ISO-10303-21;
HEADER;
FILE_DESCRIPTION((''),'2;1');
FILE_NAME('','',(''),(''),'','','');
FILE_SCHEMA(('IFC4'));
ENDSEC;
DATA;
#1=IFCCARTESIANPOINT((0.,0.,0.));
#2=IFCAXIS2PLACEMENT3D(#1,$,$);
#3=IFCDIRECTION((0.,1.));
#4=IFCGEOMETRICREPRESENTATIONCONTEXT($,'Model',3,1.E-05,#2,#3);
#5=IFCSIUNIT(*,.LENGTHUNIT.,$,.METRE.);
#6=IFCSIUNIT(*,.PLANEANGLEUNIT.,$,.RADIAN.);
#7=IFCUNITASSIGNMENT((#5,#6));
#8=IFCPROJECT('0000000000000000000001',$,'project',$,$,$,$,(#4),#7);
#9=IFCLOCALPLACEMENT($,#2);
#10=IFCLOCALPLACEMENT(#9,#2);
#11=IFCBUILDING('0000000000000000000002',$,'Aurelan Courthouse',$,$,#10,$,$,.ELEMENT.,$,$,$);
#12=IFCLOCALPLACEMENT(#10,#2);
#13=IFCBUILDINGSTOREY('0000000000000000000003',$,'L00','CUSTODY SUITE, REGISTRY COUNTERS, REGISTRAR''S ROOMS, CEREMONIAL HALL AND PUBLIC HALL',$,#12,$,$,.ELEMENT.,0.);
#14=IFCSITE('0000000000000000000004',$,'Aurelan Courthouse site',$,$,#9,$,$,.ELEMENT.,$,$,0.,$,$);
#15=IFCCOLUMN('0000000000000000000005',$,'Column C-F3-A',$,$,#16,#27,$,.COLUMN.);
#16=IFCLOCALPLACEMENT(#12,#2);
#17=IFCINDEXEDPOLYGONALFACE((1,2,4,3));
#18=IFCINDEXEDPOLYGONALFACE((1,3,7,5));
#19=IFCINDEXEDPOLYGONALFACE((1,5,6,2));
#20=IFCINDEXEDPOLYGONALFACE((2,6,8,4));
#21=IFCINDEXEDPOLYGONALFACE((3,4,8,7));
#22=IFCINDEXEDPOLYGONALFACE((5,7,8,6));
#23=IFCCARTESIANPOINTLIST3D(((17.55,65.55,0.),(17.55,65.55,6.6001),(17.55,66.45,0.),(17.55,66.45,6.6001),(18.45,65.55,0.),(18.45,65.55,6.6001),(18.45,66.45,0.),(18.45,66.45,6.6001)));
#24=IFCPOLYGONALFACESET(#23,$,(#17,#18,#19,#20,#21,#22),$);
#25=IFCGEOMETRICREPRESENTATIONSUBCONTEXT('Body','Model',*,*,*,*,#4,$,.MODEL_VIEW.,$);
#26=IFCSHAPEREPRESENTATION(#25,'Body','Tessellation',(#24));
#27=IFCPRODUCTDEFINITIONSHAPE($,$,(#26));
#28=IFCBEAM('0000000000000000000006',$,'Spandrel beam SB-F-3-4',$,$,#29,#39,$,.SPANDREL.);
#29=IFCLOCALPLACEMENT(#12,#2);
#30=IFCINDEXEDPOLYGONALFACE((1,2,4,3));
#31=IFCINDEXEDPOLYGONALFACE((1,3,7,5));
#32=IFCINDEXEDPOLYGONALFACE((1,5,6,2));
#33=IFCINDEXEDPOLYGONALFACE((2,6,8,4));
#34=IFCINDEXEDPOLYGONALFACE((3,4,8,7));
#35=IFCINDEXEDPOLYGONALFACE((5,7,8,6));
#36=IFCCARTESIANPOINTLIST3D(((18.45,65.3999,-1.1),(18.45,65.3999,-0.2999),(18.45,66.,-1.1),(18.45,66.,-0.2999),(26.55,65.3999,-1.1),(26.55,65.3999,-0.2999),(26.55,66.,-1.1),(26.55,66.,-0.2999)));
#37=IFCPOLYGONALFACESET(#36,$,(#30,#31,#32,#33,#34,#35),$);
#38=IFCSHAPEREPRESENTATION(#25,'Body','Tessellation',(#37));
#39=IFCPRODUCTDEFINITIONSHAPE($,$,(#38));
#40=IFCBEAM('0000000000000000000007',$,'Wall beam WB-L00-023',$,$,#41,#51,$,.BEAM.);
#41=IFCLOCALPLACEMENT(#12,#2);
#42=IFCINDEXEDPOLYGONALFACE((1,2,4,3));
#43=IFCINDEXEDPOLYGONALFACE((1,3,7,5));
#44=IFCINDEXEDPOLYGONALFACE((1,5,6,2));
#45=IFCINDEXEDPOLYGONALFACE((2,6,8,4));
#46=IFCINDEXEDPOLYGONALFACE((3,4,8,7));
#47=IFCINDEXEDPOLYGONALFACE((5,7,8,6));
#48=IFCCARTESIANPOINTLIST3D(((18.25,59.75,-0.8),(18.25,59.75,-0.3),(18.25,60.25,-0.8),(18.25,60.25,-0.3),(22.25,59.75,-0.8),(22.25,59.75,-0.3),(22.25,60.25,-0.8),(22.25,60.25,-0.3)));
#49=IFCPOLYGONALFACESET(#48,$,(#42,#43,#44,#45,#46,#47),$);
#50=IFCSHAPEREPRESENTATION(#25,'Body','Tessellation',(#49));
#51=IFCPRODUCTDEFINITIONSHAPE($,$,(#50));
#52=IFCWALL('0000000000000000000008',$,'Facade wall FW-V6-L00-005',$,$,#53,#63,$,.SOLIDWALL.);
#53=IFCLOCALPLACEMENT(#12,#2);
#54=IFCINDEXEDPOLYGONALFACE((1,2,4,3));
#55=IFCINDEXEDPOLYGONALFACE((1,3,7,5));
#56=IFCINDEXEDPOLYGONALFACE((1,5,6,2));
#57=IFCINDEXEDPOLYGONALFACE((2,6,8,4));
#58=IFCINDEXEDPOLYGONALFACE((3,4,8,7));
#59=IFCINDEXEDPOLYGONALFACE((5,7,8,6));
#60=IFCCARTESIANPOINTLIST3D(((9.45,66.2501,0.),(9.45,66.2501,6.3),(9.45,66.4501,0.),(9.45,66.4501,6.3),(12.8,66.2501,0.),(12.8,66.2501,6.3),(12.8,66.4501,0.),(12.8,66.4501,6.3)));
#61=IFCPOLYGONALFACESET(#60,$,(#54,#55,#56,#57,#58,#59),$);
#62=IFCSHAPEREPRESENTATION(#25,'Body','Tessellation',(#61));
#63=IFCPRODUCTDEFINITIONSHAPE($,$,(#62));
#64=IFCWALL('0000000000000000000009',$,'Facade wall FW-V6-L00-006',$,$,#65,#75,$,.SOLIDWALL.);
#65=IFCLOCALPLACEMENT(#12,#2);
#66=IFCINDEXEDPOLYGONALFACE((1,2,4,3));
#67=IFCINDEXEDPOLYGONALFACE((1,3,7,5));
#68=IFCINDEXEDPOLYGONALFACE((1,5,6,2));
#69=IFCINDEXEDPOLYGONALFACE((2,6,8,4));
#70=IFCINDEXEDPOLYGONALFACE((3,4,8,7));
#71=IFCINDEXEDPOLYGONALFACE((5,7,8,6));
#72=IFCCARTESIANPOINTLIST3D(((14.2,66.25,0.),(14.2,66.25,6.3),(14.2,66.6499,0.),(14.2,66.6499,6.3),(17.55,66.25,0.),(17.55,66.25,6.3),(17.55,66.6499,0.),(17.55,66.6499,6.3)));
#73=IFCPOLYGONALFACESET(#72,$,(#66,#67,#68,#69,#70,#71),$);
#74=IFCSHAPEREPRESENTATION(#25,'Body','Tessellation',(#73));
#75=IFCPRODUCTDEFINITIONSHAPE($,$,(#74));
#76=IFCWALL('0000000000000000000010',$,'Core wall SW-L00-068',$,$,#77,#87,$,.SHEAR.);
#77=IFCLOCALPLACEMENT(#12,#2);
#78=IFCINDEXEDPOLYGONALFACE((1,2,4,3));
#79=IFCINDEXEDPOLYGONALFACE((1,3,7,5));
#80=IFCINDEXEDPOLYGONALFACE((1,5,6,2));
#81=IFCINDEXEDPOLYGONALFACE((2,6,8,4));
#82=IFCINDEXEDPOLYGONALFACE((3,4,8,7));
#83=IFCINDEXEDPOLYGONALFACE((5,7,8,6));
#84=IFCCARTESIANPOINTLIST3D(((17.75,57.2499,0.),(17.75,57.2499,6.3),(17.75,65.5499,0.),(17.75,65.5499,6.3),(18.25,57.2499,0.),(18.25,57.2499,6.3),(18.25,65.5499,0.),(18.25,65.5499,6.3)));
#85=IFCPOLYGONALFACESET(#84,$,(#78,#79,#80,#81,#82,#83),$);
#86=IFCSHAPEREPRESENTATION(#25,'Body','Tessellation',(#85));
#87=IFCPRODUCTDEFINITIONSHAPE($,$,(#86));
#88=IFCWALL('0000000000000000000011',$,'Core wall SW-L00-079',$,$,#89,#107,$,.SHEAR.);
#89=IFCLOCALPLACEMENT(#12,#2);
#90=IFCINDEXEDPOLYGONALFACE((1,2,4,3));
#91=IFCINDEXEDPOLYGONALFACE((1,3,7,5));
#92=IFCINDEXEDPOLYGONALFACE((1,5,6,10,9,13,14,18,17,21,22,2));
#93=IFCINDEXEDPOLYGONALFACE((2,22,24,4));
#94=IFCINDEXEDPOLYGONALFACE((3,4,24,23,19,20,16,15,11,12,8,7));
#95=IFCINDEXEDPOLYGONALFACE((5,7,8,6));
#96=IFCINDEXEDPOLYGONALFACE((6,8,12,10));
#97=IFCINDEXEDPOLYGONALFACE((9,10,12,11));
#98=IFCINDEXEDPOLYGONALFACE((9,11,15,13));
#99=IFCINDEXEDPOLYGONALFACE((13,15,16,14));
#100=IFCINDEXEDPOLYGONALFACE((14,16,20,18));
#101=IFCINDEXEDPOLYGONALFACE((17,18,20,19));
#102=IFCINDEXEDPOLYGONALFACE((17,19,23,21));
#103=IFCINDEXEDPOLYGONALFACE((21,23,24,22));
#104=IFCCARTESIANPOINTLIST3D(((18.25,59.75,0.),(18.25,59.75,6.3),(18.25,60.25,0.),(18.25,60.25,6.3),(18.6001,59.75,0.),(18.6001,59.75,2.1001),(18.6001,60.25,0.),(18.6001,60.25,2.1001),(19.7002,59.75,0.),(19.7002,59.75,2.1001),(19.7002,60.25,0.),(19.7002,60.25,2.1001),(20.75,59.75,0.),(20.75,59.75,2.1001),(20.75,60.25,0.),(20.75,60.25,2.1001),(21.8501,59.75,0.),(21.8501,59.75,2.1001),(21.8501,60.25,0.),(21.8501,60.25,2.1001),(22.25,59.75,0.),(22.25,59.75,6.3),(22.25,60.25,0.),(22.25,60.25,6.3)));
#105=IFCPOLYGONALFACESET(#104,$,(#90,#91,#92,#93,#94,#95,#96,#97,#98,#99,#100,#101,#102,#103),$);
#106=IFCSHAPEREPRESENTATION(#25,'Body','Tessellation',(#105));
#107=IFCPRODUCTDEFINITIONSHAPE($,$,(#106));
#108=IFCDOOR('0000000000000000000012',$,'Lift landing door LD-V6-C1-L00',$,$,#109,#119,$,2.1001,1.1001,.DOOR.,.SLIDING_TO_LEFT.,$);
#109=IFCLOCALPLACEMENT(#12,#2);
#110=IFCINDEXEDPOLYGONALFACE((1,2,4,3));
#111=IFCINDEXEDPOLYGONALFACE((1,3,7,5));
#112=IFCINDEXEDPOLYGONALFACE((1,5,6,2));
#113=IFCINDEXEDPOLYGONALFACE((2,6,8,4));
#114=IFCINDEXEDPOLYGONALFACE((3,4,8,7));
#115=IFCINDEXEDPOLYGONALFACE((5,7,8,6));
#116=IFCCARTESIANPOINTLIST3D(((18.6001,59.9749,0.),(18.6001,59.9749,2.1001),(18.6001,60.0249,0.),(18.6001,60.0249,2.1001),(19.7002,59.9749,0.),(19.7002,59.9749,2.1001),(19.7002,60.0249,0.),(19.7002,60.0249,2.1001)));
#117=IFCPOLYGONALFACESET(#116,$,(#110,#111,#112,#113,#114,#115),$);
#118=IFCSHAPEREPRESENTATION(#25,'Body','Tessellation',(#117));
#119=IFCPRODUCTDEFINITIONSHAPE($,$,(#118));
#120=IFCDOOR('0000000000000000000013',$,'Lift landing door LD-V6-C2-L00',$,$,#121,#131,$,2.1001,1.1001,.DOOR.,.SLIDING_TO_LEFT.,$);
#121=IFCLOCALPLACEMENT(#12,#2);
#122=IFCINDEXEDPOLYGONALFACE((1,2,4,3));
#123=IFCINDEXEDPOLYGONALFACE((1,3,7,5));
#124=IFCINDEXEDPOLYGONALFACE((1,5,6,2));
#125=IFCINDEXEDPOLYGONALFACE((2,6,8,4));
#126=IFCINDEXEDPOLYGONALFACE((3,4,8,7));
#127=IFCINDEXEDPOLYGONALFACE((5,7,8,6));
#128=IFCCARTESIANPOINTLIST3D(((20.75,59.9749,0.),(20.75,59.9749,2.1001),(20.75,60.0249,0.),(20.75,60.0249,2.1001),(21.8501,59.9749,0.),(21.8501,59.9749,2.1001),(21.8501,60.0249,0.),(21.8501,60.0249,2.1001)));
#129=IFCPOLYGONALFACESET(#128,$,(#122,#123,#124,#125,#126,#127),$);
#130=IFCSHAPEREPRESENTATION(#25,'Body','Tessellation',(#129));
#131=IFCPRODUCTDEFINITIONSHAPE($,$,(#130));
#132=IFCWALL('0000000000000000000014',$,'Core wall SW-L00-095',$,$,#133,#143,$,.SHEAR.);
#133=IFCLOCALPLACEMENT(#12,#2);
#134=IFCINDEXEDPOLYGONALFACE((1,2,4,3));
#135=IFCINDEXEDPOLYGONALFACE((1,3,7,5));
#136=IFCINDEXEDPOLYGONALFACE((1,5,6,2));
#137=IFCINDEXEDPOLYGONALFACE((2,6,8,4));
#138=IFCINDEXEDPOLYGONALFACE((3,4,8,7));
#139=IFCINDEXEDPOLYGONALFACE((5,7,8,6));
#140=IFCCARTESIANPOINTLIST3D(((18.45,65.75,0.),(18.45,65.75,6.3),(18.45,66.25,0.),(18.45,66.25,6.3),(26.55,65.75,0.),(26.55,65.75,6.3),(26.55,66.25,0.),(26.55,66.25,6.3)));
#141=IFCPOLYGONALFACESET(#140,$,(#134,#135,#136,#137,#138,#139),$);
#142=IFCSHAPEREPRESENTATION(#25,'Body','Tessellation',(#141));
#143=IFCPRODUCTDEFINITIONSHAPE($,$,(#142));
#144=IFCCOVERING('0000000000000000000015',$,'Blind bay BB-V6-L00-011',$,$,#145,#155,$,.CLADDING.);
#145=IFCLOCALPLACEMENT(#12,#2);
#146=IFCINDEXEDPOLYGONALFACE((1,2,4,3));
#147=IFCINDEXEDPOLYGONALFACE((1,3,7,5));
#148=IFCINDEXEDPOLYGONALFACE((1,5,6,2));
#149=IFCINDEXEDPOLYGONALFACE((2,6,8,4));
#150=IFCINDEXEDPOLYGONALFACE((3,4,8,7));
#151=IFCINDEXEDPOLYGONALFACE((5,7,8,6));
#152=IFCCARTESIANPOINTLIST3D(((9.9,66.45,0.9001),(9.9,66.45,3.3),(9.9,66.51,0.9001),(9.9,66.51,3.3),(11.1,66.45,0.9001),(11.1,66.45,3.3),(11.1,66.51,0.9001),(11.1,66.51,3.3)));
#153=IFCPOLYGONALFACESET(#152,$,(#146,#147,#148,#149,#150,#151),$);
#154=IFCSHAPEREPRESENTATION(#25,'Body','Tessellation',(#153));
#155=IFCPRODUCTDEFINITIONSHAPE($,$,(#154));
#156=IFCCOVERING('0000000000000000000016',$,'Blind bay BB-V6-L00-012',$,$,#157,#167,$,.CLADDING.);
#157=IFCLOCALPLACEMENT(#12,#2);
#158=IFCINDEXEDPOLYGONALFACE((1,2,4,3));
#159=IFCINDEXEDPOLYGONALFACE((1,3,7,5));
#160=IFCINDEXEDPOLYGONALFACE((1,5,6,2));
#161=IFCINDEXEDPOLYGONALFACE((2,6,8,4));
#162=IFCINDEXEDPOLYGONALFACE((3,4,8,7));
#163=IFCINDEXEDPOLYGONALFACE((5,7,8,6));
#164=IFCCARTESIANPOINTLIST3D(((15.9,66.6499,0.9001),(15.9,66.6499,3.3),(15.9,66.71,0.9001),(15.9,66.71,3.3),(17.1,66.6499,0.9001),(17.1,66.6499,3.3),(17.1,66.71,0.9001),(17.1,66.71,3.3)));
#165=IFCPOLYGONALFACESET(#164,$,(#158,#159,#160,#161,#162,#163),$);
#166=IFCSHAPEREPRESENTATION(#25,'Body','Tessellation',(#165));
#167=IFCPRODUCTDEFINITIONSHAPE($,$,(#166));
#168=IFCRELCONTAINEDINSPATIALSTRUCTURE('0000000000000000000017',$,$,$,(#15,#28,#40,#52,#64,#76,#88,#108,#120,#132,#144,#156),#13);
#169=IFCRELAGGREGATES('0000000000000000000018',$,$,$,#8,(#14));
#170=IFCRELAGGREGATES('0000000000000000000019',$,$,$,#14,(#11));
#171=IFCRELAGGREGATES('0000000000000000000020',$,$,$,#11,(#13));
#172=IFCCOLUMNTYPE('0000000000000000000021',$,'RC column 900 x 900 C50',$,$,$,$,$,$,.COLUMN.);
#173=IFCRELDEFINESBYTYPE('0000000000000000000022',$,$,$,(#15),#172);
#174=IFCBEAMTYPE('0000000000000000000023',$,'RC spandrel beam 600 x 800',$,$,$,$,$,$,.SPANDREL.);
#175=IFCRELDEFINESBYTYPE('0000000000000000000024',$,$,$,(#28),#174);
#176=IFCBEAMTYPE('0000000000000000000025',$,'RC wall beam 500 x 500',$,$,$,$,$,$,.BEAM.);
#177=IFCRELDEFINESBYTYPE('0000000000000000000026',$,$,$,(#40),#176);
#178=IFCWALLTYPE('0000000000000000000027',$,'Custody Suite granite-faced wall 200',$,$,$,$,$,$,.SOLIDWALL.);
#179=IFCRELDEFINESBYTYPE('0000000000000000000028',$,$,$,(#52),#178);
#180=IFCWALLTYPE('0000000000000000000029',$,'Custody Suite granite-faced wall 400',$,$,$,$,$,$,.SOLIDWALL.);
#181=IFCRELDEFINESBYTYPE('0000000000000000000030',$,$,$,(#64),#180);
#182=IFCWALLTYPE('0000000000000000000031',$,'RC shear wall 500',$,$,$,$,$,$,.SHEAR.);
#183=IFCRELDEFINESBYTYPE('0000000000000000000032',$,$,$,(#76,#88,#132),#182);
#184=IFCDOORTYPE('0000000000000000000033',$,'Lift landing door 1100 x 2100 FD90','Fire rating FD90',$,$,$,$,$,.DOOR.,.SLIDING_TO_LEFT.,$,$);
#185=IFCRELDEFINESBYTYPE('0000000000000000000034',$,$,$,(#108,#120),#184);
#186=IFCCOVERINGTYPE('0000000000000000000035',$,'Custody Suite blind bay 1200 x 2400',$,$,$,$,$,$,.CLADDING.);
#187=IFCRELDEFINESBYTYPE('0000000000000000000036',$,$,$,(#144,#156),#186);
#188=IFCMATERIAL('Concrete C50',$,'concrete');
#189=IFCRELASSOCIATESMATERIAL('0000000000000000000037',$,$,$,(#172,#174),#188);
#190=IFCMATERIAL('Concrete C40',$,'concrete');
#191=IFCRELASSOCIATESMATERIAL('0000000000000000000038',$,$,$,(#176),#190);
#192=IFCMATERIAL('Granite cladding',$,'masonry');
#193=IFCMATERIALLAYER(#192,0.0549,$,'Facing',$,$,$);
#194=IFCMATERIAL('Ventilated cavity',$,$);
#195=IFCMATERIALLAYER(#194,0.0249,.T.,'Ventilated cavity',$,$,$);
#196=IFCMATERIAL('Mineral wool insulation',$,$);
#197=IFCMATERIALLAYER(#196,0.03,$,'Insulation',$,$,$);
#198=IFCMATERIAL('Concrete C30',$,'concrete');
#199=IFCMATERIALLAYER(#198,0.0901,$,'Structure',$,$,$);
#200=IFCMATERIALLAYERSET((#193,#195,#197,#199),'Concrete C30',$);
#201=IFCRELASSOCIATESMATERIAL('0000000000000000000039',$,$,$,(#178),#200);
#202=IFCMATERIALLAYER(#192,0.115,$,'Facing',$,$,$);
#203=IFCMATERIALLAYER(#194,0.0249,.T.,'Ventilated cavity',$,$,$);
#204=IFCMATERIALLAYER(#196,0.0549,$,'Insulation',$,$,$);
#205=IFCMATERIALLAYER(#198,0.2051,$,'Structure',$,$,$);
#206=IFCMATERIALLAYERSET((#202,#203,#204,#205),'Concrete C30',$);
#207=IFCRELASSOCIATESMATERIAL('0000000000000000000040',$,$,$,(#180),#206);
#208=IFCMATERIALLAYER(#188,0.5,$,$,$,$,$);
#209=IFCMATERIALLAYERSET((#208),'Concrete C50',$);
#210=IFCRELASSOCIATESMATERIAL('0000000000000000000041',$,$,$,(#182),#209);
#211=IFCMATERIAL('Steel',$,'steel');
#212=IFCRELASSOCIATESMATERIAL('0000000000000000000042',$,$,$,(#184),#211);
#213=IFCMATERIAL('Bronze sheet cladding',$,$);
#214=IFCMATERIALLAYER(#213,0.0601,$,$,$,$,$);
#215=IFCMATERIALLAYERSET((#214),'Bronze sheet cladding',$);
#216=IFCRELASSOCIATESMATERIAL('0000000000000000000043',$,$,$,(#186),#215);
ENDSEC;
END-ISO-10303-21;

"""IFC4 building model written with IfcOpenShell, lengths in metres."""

from ifc_helpers import new_model, si_unit, direction, frame, frame_2d, origin, origin_2d, place, context, subcontext, project, spatial, rectangle, extrude, material, layer, layer_set, material_profile, profile_set, type_object, element, fill, save


model = new_model("IFC4")

# Units and contexts
model_context = context("Model", 3, precision=1e-05, world=origin(), true_north=direction((0.0, 1.0)))
body_context = subcontext(model_context, "Body", "Model", "MODEL_VIEW")
ifc_project = project(units=[si_unit("LENGTHUNIT", "METRE"), si_unit("PLANEANGLEUNIT", "RADIAN")], contexts=[model_context])

# Site, building, storey
site_placement = place(None, origin())
site = spatial("IfcSite", under=ifc_project, at=site_placement, Name="Aurelan Courthouse site", CompositionType="ELEMENT", RefElevation=0.0)
building_placement = place(site_placement, origin())
building = spatial("IfcBuilding", under=site, at=building_placement, Name="Aurelan Courthouse", CompositionType="ELEMENT")
storey_placement = place(building_placement, origin())
storey = spatial("IfcBuildingStorey", under=building, at=storey_placement, Name="L00", Description="CUSTODY SUITE, REGISTRY COUNTERS, REGISTRAR'S ROOMS, CEREMONIAL HALL AND PUBLIC HALL", CompositionType="ELEMENT", Elevation=0.0)

# Column
ifc_material_1 = material(Name="Concrete C50", Category="concrete")
ifc_material_profile_1 = material_profile(ifc_material_1, rectangle(XDim=0.8999, YDim=0.8999, at=origin_2d()), Name="RC 900 x 900")
ifc_profile_set_1 = profile_set([ifc_material_profile_1], Name="Concrete C50")
column_type = type_object("IfcColumnType", Name="RC column 900 x 900 C50", PredefinedType="COLUMN", material=ifc_profile_set_1)
column_placement = place(storey_placement, frame((18.0, 66.0, 0.0), z_axis=(0.0, 0.0, 1.0), x_axis=(1.0, 0.0, 0.0)))
element("IfcColumn", 1, at=column_placement, inside=storey, type_object=column_type, Name="Column C-F3-A", PredefinedType="COLUMN", context=body_context, shape_type="SweptSolid", body=[
    extrude(rectangle(XDim=0.8999, YDim=0.8999, at=origin_2d()), origin(), (0.0, 0.0, 1.0), 6.6001),
])

# Beams
ifc_material_profile_2 = material_profile(ifc_material_1, rectangle(XDim=0.6001, YDim=0.8, at=origin_2d()), Name="RC 600 x 800")
ifc_profile_set_2 = profile_set([ifc_material_profile_2], Name="Concrete C50")
beam_type_1 = type_object("IfcBeamType", Name="RC spandrel beam 600 x 800", PredefinedType="SPANDREL", material=ifc_profile_set_2)
beam_1_placement = place(storey_placement, frame((18.45, 65.7, -0.7), z_axis=(1.0, 0.0, 0.0), x_axis=(0.0, 1.0, 0.0)))
element("IfcBeam", 2, at=beam_1_placement, inside=storey, type_object=beam_type_1, Name="Spandrel beam SB-F-3-4", PredefinedType="SPANDREL", context=body_context, shape_type="SweptSolid", body=[
    extrude(rectangle(XDim=0.6001, YDim=0.8, at=origin_2d()), origin(), (0.0, 0.0, 1.0), 8.1001),
])
ifc_material_2 = material(Name="Concrete C40", Category="concrete")
ifc_material_profile_3 = material_profile(ifc_material_2, rectangle(XDim=0.5, YDim=0.5, at=origin_2d()), Name="RC 500 x 500")
ifc_profile_set_3 = profile_set([ifc_material_profile_3], Name="Concrete C40")
beam_type_2 = type_object("IfcBeamType", Name="RC wall beam 500 x 500", PredefinedType="BEAM", material=ifc_profile_set_3)
beam_2_placement = place(storey_placement, frame((18.25, 60.0, -0.55), z_axis=(1.0, 0.0, 0.0), x_axis=(0.0, 1.0, 0.0)))
element("IfcBeam", 3, at=beam_2_placement, inside=storey, type_object=beam_type_2, Name="Wall beam WB-L00-023", PredefinedType="BEAM", context=body_context, shape_type="SweptSolid", body=[
    extrude(rectangle(XDim=0.5, YDim=0.5, at=origin_2d()), origin(), (0.0, 0.0, 1.0), 4.0),
])

# Walls
ifc_material_3 = material(Name="Granite cladding", Category="masonry")
ifc_layer_1 = layer(ifc_material_3, 0.0549, Name="Facing")
ifc_material_4 = material(Name="Ventilated cavity")
ifc_layer_2 = layer(ifc_material_4, 0.0249, ventilated=True, Name="Ventilated cavity")
ifc_material_5 = material(Name="Mineral wool insulation")
ifc_layer_3 = layer(ifc_material_5, 0.03, Name="Insulation")
ifc_material_6 = material(Name="Concrete C30", Category="concrete")
ifc_layer_4 = layer(ifc_material_6, 0.0901, Name="Structure")
ifc_layer_set_1 = layer_set([ifc_layer_1, ifc_layer_2, ifc_layer_3, ifc_layer_4], Name="Concrete C30")
wall_type_1 = type_object("IfcWallType", Name="Custody Suite granite-faced wall 200", PredefinedType="SOLIDWALL", material=ifc_layer_set_1)
wall_1_placement = place(storey_placement, frame((9.45, 66.3501, 0.0), z_axis=(0.0, 0.0, 1.0), x_axis=(1.0, 0.0, 0.0)))
element("IfcWall", 4, at=wall_1_placement, inside=storey, type_object=wall_type_1, Name="Facade wall FW-V6-L00-005", PredefinedType="SOLIDWALL", context=body_context, shape_type="SweptSolid", body=[
    extrude(rectangle(XDim=3.3501, YDim=0.2, at=frame_2d((1.675, 0.0))), origin(), (0.0, 0.0, 1.0), 6.3),
])
ifc_layer_5 = layer(ifc_material_3, 0.115, Name="Facing")
ifc_layer_6 = layer(ifc_material_4, 0.0249, ventilated=True, Name="Ventilated cavity")
ifc_layer_7 = layer(ifc_material_5, 0.0549, Name="Insulation")
ifc_layer_8 = layer(ifc_material_6, 0.2051, Name="Structure")
ifc_layer_set_2 = layer_set([ifc_layer_5, ifc_layer_6, ifc_layer_7, ifc_layer_8], Name="Concrete C30")
wall_type_2 = type_object("IfcWallType", Name="Custody Suite granite-faced wall 400", PredefinedType="SOLIDWALL", material=ifc_layer_set_2)
wall_2_placement = place(storey_placement, frame((14.2, 66.45, 0.0), z_axis=(0.0, 0.0, 1.0), x_axis=(1.0, 0.0, 0.0)))
element("IfcWall", 5, at=wall_2_placement, inside=storey, type_object=wall_type_2, Name="Facade wall FW-V6-L00-006", PredefinedType="SOLIDWALL", context=body_context, shape_type="SweptSolid", body=[
    extrude(rectangle(XDim=3.3501, YDim=0.3999, at=frame_2d((1.675, 0.0))), origin(), (0.0, 0.0, 1.0), 6.3),
])
ifc_layer_9 = layer(ifc_material_1, 0.5)
ifc_layer_set_3 = layer_set([ifc_layer_9], Name="Concrete C50")
wall_type_3 = type_object("IfcWallType", Name="RC shear wall 500", PredefinedType="SHEAR", material=ifc_layer_set_3)
wall_3_placement = place(storey_placement, frame((18.0, 57.25, 0.0), z_axis=(0.0, 0.0, 1.0), x_axis=(0.0, 1.0, 0.0)))
element("IfcWall", 6, at=wall_3_placement, inside=storey, type_object=wall_type_3, Name="Core wall SW-L00-068", PredefinedType="SHEAR", context=body_context, shape_type="SweptSolid", body=[
    extrude(rectangle(XDim=8.3, YDim=0.5, at=frame_2d((4.1499, 0.0))), origin(), (0.0, 0.0, 1.0), 6.3),
])

# Wall, openings, doors
wall_4_placement = place(storey_placement, frame((18.25, 60.0, 0.0), z_axis=(0.0, 0.0, 1.0), x_axis=(1.0, 0.0, 0.0)))
wall_4 = element("IfcWall", 7, at=wall_4_placement, inside=storey, type_object=wall_type_3, Name="Core wall SW-L00-079", PredefinedType="SHEAR", context=body_context, shape_type="SweptSolid", body=[
    extrude(rectangle(XDim=4.0, YDim=0.5, at=frame_2d((2.0, 0.0))), origin(), (0.0, 0.0, 1.0), 6.3),
])
opening_1_placement = place(wall_4_placement, frame((0.3501, 0.0, 0.0)))
opening_1 = element("IfcOpeningElement", 8, at=opening_1_placement, cuts=wall_4, PredefinedType="OPENING", context=body_context, shape_type="SweptSolid", body=[
    extrude(rectangle(XDim=1.1001, YDim=2.1001, at=frame_2d((0.55, 1.05))), frame((0.0, 0.26, 0.0), z_axis=(0.0, -1.0, 0.0), x_axis=(1.0, 0.0, 0.0)), (0.0, 0.0, 1.0), 0.52),
])
opening_2_placement = place(wall_4_placement, frame((2.5, 0.0, 0.0)))
opening_2 = element("IfcOpeningElement", 9, at=opening_2_placement, cuts=wall_4, PredefinedType="OPENING", context=body_context, shape_type="SweptSolid", body=[
    extrude(rectangle(XDim=1.1001, YDim=2.1001, at=frame_2d((0.55, 1.05))), frame((0.0, 0.26, 0.0), z_axis=(0.0, -1.0, 0.0), x_axis=(1.0, 0.0, 0.0)), (0.0, 0.0, 1.0), 0.52),
])
ifc_material_7 = material(Name="Steel", Category="steel")
door_type = type_object("IfcDoorType", Name="Lift landing door 1100 x 2100 FD90", Description="Fire rating FD90", OperationType="SLIDING_TO_LEFT", PredefinedType="DOOR", material=ifc_material_7)
door_1_placement = place(opening_1_placement, origin())
door_1 = element("IfcDoor", 10, at=door_1_placement, inside=storey, type_object=door_type, Name="Lift landing door LD-V6-C1-L00", OperationType="SLIDING_TO_LEFT", OverallHeight=2.1001, OverallWidth=1.1001, PredefinedType="DOOR", context=body_context, shape_type="SweptSolid", body=[
    extrude(rectangle(XDim=1.1001, YDim=2.1001, at=frame_2d((0.55, 1.05))), frame((0.0, 0.0249, 0.0), z_axis=(0.0, -1.0, 0.0), x_axis=(1.0, 0.0, 0.0)), (0.0, 0.0, 1.0), 0.05),
])
fill(opening_1, door_1)
door_2_placement = place(opening_2_placement, origin())
door_2 = element("IfcDoor", 11, at=door_2_placement, inside=storey, type_object=door_type, Name="Lift landing door LD-V6-C2-L00", OperationType="SLIDING_TO_LEFT", OverallHeight=2.1001, OverallWidth=1.1001, PredefinedType="DOOR", context=body_context, shape_type="SweptSolid", body=[
    extrude(rectangle(XDim=1.1001, YDim=2.1001, at=frame_2d((0.55, 1.05))), frame((0.0, 0.0249, 0.0), z_axis=(0.0, -1.0, 0.0), x_axis=(1.0, 0.0, 0.0)), (0.0, 0.0, 1.0), 0.05),
])
fill(opening_2, door_2)

# Wall
wall_5_placement = place(storey_placement, frame((18.45, 66.0, 0.0), z_axis=(0.0, 0.0, 1.0), x_axis=(1.0, 0.0, 0.0)))
element("IfcWall", 12, at=wall_5_placement, inside=storey, type_object=wall_type_3, Name="Core wall SW-L00-095", PredefinedType="SHEAR", context=body_context, shape_type="SweptSolid", body=[
    extrude(rectangle(XDim=8.1001, YDim=0.5, at=frame_2d((4.05, 0.0))), origin(), (0.0, 0.0, 1.0), 6.3),
])

# Coverings
ifc_material_8 = material(Name="Bronze sheet cladding")
ifc_layer_10 = layer(ifc_material_8, 0.0601)
ifc_layer_set_4 = layer_set([ifc_layer_10], Name="Bronze sheet cladding")
covering_type_1 = type_object("IfcCoveringType", Name="Custody Suite blind bay 1200 x 2400", PredefinedType="CLADDING", material=ifc_layer_set_4)
for number, where, z_axis, x_axis, name in (
    (13, (10.5, 66.48, 0.9001), (0.0, 0.0, 1.0), (1.0, 0.0, 0.0), "Blind bay BB-V6-L00-011"),
    (14, (16.5, 66.6799, 0.9001), (0.0, 0.0, 1.0), (1.0, 0.0, 0.0), "Blind bay BB-V6-L00-012"),
):
    element("IfcCovering", number, at=place(storey_placement, frame(where, z_axis=z_axis, x_axis=x_axis)), inside=storey, type_object=covering_type_1, Name=name, PredefinedType="CLADDING", context=body_context, shape_type="SweptSolid", body=[
        extrude(rectangle(XDim=1.2, YDim=0.0601, at=origin_2d()), origin(), (0.0, 0.0, 1.0), 2.3999),
    ])

save(model, "model.ifc")
